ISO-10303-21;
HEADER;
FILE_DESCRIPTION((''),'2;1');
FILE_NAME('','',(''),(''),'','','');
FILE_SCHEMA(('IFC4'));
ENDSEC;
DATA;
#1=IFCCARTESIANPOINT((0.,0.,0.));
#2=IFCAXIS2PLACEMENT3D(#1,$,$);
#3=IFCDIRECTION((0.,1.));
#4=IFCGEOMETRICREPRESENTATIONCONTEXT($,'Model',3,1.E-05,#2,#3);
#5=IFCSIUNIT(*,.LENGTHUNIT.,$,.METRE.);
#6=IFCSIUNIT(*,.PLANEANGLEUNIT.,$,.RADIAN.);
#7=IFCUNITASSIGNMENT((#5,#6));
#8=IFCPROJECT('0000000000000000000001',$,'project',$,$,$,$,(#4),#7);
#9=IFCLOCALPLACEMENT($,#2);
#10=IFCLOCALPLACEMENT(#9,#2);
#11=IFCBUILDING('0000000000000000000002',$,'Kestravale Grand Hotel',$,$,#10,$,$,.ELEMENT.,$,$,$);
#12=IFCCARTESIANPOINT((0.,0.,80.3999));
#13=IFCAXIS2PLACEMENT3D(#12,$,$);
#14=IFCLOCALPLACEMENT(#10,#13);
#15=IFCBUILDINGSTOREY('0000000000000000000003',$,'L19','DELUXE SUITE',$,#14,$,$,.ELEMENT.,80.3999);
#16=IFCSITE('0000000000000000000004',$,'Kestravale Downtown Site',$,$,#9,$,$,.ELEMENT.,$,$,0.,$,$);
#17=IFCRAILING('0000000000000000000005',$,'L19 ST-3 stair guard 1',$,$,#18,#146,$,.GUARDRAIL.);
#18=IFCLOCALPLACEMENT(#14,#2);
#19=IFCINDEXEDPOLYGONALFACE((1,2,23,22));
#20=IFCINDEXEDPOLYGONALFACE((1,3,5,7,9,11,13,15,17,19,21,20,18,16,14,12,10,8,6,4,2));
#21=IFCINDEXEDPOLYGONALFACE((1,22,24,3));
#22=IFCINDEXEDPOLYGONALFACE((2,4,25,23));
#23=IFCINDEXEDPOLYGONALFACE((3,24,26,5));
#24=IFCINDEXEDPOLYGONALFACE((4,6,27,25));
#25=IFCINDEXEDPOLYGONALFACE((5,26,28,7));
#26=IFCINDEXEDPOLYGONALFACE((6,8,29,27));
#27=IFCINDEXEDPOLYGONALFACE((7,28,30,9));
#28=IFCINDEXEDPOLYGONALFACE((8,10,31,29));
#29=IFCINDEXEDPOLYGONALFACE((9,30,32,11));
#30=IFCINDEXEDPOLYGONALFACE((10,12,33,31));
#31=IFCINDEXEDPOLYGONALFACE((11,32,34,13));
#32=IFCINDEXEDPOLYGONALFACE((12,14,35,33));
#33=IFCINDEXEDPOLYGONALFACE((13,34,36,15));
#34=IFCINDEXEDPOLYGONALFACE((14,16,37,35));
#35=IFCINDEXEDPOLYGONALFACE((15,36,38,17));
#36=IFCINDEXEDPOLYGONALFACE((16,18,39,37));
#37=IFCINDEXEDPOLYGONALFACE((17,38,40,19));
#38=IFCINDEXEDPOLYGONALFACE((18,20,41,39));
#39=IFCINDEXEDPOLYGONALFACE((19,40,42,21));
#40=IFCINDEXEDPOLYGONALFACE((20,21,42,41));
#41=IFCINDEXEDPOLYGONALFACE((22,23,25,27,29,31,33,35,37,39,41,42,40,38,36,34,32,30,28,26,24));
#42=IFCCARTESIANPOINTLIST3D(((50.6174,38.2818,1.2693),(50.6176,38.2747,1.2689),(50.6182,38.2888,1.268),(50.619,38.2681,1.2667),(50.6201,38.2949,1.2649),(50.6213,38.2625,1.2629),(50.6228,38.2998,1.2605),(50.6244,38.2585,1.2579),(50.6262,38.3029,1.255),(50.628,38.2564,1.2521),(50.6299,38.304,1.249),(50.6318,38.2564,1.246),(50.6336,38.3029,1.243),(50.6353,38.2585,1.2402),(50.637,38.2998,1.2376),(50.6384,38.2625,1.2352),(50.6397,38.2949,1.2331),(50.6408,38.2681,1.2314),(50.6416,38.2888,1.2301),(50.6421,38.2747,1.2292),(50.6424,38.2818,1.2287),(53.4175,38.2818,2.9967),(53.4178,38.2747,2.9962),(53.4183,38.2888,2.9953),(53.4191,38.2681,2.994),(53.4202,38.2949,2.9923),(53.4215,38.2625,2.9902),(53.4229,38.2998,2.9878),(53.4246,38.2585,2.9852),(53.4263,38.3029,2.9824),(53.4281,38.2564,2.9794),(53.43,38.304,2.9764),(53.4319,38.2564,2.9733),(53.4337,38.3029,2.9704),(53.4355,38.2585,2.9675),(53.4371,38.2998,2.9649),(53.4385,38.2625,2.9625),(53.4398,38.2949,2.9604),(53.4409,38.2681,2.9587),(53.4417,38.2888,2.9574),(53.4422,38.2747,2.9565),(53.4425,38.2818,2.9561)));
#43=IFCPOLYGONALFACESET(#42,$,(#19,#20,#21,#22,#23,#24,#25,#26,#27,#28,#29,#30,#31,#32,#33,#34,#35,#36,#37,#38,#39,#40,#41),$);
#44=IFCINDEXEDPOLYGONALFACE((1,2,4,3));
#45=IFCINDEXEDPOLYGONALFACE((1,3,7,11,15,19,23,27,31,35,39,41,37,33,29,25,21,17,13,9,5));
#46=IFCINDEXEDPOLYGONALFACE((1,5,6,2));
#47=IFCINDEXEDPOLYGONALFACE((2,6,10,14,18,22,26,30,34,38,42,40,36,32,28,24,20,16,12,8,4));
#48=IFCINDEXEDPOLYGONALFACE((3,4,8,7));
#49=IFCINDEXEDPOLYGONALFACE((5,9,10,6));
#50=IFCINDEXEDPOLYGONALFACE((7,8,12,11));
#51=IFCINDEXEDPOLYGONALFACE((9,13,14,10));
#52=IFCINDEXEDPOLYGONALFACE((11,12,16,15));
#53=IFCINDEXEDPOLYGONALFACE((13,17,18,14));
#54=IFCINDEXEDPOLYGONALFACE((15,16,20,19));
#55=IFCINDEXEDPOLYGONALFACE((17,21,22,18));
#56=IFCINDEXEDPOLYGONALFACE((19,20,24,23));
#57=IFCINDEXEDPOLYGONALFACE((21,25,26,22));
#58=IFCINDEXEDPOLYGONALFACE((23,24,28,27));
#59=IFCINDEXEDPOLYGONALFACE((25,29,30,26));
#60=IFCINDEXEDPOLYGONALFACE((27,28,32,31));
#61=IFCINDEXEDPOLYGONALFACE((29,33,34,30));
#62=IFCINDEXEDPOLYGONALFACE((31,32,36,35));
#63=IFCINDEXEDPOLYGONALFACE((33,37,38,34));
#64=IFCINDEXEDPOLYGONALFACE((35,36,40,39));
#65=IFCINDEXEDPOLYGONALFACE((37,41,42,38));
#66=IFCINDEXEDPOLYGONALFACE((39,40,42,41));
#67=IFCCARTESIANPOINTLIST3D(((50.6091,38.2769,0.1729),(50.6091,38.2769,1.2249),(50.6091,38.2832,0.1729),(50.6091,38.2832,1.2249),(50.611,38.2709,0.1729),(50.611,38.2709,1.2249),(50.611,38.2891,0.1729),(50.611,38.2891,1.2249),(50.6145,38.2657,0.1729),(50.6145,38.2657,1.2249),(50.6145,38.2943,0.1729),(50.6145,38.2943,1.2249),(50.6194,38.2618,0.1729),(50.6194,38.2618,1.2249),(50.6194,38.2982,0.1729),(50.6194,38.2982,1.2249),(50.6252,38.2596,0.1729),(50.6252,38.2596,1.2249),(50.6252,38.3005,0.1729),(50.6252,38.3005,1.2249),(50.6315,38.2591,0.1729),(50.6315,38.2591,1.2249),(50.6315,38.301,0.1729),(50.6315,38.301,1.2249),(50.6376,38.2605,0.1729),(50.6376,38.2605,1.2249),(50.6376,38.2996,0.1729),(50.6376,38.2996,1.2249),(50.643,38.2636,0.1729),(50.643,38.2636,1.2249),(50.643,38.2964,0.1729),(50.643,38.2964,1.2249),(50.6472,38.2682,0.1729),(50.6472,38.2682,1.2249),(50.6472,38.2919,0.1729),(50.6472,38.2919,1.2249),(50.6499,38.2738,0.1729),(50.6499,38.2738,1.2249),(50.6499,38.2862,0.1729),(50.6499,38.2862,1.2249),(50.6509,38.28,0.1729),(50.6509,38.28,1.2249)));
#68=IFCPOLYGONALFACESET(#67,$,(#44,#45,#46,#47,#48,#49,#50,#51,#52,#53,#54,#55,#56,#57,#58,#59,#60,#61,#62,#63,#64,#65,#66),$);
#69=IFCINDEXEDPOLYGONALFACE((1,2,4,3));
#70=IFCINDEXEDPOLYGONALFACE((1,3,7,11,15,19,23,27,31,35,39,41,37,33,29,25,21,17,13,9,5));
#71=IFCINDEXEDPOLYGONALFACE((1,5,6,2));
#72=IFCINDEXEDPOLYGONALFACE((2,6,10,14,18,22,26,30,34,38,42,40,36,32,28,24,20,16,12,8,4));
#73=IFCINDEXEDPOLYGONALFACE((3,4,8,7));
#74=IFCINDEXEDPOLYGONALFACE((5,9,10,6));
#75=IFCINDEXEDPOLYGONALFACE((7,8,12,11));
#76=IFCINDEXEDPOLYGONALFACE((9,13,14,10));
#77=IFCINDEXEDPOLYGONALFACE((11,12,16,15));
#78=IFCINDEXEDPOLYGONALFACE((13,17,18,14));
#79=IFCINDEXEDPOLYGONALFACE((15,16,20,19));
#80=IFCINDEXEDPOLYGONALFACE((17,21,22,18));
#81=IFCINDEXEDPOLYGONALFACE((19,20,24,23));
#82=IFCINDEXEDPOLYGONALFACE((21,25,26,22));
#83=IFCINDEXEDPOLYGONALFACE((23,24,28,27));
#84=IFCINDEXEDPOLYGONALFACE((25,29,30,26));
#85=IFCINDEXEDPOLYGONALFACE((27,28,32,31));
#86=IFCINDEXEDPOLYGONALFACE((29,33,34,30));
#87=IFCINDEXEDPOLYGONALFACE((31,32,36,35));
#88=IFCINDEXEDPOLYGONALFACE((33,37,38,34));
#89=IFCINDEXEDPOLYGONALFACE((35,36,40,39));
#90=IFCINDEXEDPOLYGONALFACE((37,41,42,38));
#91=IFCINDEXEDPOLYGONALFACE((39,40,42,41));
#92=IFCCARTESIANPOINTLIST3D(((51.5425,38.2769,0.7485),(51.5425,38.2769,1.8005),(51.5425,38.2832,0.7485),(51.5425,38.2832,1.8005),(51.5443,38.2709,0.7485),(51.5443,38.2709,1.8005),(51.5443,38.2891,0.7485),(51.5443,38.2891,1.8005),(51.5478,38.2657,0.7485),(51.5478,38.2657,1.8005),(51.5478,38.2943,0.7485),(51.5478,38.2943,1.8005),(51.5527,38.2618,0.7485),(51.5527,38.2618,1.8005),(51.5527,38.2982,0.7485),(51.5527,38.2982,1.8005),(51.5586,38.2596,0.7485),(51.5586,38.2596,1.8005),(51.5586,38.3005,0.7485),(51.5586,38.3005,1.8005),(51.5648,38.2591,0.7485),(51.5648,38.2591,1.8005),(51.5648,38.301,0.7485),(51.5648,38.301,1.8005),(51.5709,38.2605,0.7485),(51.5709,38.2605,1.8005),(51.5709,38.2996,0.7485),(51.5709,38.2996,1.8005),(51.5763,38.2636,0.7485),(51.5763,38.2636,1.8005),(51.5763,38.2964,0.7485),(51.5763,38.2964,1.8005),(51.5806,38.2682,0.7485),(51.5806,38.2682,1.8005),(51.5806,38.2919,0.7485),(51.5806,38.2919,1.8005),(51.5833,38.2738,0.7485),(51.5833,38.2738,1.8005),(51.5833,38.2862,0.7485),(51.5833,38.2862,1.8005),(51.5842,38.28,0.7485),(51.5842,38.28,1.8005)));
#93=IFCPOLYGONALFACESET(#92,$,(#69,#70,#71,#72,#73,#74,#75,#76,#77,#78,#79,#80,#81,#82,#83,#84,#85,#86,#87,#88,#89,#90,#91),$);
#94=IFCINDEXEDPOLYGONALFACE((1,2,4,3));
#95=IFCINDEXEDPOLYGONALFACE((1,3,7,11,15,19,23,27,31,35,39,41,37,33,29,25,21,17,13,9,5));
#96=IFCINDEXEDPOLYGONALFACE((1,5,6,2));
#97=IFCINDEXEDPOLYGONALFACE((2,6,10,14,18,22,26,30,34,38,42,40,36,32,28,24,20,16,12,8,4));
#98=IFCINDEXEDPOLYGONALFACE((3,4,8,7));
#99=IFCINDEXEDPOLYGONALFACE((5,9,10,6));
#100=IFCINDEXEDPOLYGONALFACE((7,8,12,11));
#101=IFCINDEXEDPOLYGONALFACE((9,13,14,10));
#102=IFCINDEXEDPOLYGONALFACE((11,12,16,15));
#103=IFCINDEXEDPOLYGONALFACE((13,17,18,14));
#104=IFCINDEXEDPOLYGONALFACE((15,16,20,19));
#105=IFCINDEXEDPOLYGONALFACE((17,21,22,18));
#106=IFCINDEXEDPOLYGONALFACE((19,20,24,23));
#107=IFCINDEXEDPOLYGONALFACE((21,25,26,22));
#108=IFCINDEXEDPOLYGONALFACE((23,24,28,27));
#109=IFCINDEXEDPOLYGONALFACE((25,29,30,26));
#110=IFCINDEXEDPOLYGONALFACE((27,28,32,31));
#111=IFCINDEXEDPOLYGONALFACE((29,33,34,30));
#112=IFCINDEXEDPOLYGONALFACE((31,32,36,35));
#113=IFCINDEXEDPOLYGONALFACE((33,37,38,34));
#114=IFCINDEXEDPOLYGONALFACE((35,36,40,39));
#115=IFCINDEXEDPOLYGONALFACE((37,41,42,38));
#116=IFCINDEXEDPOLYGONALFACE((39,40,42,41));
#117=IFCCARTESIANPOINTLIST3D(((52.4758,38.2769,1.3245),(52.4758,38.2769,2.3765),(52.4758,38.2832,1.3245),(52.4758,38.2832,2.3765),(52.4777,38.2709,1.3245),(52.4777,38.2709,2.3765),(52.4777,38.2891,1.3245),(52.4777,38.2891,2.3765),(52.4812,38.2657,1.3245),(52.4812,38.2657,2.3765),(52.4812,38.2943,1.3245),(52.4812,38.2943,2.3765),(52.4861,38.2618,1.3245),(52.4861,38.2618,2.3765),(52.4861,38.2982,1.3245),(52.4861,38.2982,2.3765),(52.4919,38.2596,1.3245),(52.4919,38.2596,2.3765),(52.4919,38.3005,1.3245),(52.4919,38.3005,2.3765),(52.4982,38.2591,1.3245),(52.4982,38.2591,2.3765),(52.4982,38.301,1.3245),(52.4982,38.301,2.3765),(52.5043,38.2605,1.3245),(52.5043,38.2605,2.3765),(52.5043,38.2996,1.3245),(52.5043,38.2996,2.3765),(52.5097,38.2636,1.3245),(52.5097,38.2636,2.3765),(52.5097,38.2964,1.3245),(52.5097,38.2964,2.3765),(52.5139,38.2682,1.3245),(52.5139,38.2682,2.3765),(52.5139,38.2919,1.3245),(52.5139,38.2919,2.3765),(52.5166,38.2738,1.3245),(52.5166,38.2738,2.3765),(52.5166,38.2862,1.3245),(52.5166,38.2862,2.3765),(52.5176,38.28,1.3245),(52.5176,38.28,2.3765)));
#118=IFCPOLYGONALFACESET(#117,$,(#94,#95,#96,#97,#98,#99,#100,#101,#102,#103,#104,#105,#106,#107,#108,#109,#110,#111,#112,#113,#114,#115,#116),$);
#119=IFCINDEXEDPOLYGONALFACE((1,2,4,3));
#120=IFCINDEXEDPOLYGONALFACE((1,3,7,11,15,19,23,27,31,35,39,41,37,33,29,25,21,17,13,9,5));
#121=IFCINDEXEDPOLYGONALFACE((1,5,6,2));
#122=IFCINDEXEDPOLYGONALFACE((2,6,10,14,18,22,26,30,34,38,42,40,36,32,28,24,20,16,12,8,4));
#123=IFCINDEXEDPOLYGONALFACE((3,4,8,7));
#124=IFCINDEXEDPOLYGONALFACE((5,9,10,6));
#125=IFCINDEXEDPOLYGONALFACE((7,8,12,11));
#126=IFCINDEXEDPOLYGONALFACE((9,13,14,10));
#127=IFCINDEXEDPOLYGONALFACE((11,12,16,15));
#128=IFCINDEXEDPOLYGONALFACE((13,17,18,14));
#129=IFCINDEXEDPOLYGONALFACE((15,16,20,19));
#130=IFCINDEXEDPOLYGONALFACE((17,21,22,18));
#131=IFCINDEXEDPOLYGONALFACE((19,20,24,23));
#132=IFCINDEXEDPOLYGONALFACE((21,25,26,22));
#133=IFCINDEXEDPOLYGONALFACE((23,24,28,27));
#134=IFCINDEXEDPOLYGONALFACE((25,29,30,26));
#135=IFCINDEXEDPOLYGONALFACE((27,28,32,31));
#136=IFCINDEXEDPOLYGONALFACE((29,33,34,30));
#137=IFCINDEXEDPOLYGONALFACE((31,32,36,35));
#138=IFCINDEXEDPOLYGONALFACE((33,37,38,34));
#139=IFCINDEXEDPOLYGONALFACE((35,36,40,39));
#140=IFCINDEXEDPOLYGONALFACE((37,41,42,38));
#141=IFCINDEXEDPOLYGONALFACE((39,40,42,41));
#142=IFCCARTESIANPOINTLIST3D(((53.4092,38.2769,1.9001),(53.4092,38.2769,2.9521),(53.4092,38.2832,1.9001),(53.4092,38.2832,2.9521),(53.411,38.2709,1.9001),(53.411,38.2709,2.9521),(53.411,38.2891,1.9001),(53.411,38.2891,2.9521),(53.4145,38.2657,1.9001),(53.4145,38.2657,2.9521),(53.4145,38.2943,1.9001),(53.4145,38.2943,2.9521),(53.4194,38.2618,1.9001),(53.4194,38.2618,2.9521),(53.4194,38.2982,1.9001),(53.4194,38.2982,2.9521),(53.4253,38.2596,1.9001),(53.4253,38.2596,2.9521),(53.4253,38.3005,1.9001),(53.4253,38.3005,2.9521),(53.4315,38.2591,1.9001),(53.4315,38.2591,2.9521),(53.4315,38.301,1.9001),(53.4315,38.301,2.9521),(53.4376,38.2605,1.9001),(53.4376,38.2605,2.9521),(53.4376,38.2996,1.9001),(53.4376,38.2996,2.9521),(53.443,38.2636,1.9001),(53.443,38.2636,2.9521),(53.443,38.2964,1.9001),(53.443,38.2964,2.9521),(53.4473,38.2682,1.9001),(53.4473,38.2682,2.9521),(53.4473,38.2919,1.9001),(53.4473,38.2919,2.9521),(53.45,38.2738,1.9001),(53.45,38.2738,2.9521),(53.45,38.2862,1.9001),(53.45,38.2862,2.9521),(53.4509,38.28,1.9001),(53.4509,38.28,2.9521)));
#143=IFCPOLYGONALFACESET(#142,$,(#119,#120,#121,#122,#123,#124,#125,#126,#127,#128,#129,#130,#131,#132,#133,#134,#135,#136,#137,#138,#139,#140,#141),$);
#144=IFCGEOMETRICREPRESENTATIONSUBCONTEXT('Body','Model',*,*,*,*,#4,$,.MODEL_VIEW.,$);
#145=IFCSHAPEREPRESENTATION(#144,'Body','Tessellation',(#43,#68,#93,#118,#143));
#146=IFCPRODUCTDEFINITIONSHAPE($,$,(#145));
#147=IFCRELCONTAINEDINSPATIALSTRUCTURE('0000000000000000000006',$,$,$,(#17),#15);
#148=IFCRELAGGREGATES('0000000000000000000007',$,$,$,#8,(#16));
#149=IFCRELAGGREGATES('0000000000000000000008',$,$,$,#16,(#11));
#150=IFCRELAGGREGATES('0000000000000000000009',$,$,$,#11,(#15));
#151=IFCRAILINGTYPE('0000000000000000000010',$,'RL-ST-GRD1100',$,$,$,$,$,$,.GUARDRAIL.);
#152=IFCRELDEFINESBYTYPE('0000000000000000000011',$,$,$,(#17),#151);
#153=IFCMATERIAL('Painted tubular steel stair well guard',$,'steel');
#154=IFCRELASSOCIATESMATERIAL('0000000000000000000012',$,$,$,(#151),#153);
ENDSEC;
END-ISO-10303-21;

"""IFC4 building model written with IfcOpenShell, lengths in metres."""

from ifc_helpers import new_model, si_unit, direction, frame, origin, origin_2d, place, context, subcontext, project, spatial, circle, extrude, material, type_object, element, save


model = new_model("IFC4")

# Units and contexts
model_context = context("Model", 3, precision=1e-05, world=origin(), true_north=direction((0.0, 1.0)))
body_context = subcontext(model_context, "Body", "Model", "MODEL_VIEW")
ifc_project = project(units=[si_unit("LENGTHUNIT", "METRE"), si_unit("PLANEANGLEUNIT", "RADIAN")], contexts=[model_context])

# Site, building, storey
site_placement = place(None, origin())
site = spatial("IfcSite", under=ifc_project, at=site_placement, Name="Kestravale Downtown Site", CompositionType="ELEMENT", RefElevation=0.0)
building_placement = place(site_placement, origin())
building = spatial("IfcBuilding", under=site, at=building_placement, Name="Kestravale Grand Hotel", CompositionType="ELEMENT")
storey_placement = place(building_placement, frame((0.0, 0.0, 80.3999)))
storey = spatial("IfcBuildingStorey", under=building, at=storey_placement, Name="L19", Description="DELUXE SUITE", CompositionType="ELEMENT", Elevation=80.3999)

# Railing
ifc_material_1 = material(Name="Painted tubular steel stair well guard", Category="steel")
railing_type_1 = type_object("IfcRailingType", Name="RL-ST-GRD1100", PredefinedType="GUARDRAIL", material=ifc_material_1)
railing_1_placement = place(storey_placement, frame((50.6299, 38.28, 0.1729)))
element("IfcRailing", 1, at=railing_1_placement, inside=storey, type_object=railing_type_1, Name="L19 ST-3 stair guard 1", PredefinedType="GUARDRAIL", context=body_context, shape_type="SweptSolid", body=[
    extrude(circle(Radius=0.0239, at=origin_2d()), frame((0.0, 0.0, 1.0762), z_axis=(0.85109, 0.0, 0.52502), x_axis=(0.0, 1.0, 0.0)), (0.0, 0.0, 1.0), 3.29),
    extrude(circle(Radius=0.021, at=origin_2d()), origin(), (0.0, 0.0, 1.0), 1.052),
    extrude(circle(Radius=0.021, at=origin_2d()), frame((0.9333, 0.0, 0.5757)), (0.0, 0.0, 1.0), 1.052),
    extrude(circle(Radius=0.021, at=origin_2d()), frame((1.8667, 0.0, 1.1516)), (0.0, 0.0, 1.0), 1.052),
    extrude(circle(Radius=0.021, at=origin_2d()), frame((2.8, 0.0, 1.7273)), (0.0, 0.0, 1.0), 1.052),
])

save(model, "model.ifc")
